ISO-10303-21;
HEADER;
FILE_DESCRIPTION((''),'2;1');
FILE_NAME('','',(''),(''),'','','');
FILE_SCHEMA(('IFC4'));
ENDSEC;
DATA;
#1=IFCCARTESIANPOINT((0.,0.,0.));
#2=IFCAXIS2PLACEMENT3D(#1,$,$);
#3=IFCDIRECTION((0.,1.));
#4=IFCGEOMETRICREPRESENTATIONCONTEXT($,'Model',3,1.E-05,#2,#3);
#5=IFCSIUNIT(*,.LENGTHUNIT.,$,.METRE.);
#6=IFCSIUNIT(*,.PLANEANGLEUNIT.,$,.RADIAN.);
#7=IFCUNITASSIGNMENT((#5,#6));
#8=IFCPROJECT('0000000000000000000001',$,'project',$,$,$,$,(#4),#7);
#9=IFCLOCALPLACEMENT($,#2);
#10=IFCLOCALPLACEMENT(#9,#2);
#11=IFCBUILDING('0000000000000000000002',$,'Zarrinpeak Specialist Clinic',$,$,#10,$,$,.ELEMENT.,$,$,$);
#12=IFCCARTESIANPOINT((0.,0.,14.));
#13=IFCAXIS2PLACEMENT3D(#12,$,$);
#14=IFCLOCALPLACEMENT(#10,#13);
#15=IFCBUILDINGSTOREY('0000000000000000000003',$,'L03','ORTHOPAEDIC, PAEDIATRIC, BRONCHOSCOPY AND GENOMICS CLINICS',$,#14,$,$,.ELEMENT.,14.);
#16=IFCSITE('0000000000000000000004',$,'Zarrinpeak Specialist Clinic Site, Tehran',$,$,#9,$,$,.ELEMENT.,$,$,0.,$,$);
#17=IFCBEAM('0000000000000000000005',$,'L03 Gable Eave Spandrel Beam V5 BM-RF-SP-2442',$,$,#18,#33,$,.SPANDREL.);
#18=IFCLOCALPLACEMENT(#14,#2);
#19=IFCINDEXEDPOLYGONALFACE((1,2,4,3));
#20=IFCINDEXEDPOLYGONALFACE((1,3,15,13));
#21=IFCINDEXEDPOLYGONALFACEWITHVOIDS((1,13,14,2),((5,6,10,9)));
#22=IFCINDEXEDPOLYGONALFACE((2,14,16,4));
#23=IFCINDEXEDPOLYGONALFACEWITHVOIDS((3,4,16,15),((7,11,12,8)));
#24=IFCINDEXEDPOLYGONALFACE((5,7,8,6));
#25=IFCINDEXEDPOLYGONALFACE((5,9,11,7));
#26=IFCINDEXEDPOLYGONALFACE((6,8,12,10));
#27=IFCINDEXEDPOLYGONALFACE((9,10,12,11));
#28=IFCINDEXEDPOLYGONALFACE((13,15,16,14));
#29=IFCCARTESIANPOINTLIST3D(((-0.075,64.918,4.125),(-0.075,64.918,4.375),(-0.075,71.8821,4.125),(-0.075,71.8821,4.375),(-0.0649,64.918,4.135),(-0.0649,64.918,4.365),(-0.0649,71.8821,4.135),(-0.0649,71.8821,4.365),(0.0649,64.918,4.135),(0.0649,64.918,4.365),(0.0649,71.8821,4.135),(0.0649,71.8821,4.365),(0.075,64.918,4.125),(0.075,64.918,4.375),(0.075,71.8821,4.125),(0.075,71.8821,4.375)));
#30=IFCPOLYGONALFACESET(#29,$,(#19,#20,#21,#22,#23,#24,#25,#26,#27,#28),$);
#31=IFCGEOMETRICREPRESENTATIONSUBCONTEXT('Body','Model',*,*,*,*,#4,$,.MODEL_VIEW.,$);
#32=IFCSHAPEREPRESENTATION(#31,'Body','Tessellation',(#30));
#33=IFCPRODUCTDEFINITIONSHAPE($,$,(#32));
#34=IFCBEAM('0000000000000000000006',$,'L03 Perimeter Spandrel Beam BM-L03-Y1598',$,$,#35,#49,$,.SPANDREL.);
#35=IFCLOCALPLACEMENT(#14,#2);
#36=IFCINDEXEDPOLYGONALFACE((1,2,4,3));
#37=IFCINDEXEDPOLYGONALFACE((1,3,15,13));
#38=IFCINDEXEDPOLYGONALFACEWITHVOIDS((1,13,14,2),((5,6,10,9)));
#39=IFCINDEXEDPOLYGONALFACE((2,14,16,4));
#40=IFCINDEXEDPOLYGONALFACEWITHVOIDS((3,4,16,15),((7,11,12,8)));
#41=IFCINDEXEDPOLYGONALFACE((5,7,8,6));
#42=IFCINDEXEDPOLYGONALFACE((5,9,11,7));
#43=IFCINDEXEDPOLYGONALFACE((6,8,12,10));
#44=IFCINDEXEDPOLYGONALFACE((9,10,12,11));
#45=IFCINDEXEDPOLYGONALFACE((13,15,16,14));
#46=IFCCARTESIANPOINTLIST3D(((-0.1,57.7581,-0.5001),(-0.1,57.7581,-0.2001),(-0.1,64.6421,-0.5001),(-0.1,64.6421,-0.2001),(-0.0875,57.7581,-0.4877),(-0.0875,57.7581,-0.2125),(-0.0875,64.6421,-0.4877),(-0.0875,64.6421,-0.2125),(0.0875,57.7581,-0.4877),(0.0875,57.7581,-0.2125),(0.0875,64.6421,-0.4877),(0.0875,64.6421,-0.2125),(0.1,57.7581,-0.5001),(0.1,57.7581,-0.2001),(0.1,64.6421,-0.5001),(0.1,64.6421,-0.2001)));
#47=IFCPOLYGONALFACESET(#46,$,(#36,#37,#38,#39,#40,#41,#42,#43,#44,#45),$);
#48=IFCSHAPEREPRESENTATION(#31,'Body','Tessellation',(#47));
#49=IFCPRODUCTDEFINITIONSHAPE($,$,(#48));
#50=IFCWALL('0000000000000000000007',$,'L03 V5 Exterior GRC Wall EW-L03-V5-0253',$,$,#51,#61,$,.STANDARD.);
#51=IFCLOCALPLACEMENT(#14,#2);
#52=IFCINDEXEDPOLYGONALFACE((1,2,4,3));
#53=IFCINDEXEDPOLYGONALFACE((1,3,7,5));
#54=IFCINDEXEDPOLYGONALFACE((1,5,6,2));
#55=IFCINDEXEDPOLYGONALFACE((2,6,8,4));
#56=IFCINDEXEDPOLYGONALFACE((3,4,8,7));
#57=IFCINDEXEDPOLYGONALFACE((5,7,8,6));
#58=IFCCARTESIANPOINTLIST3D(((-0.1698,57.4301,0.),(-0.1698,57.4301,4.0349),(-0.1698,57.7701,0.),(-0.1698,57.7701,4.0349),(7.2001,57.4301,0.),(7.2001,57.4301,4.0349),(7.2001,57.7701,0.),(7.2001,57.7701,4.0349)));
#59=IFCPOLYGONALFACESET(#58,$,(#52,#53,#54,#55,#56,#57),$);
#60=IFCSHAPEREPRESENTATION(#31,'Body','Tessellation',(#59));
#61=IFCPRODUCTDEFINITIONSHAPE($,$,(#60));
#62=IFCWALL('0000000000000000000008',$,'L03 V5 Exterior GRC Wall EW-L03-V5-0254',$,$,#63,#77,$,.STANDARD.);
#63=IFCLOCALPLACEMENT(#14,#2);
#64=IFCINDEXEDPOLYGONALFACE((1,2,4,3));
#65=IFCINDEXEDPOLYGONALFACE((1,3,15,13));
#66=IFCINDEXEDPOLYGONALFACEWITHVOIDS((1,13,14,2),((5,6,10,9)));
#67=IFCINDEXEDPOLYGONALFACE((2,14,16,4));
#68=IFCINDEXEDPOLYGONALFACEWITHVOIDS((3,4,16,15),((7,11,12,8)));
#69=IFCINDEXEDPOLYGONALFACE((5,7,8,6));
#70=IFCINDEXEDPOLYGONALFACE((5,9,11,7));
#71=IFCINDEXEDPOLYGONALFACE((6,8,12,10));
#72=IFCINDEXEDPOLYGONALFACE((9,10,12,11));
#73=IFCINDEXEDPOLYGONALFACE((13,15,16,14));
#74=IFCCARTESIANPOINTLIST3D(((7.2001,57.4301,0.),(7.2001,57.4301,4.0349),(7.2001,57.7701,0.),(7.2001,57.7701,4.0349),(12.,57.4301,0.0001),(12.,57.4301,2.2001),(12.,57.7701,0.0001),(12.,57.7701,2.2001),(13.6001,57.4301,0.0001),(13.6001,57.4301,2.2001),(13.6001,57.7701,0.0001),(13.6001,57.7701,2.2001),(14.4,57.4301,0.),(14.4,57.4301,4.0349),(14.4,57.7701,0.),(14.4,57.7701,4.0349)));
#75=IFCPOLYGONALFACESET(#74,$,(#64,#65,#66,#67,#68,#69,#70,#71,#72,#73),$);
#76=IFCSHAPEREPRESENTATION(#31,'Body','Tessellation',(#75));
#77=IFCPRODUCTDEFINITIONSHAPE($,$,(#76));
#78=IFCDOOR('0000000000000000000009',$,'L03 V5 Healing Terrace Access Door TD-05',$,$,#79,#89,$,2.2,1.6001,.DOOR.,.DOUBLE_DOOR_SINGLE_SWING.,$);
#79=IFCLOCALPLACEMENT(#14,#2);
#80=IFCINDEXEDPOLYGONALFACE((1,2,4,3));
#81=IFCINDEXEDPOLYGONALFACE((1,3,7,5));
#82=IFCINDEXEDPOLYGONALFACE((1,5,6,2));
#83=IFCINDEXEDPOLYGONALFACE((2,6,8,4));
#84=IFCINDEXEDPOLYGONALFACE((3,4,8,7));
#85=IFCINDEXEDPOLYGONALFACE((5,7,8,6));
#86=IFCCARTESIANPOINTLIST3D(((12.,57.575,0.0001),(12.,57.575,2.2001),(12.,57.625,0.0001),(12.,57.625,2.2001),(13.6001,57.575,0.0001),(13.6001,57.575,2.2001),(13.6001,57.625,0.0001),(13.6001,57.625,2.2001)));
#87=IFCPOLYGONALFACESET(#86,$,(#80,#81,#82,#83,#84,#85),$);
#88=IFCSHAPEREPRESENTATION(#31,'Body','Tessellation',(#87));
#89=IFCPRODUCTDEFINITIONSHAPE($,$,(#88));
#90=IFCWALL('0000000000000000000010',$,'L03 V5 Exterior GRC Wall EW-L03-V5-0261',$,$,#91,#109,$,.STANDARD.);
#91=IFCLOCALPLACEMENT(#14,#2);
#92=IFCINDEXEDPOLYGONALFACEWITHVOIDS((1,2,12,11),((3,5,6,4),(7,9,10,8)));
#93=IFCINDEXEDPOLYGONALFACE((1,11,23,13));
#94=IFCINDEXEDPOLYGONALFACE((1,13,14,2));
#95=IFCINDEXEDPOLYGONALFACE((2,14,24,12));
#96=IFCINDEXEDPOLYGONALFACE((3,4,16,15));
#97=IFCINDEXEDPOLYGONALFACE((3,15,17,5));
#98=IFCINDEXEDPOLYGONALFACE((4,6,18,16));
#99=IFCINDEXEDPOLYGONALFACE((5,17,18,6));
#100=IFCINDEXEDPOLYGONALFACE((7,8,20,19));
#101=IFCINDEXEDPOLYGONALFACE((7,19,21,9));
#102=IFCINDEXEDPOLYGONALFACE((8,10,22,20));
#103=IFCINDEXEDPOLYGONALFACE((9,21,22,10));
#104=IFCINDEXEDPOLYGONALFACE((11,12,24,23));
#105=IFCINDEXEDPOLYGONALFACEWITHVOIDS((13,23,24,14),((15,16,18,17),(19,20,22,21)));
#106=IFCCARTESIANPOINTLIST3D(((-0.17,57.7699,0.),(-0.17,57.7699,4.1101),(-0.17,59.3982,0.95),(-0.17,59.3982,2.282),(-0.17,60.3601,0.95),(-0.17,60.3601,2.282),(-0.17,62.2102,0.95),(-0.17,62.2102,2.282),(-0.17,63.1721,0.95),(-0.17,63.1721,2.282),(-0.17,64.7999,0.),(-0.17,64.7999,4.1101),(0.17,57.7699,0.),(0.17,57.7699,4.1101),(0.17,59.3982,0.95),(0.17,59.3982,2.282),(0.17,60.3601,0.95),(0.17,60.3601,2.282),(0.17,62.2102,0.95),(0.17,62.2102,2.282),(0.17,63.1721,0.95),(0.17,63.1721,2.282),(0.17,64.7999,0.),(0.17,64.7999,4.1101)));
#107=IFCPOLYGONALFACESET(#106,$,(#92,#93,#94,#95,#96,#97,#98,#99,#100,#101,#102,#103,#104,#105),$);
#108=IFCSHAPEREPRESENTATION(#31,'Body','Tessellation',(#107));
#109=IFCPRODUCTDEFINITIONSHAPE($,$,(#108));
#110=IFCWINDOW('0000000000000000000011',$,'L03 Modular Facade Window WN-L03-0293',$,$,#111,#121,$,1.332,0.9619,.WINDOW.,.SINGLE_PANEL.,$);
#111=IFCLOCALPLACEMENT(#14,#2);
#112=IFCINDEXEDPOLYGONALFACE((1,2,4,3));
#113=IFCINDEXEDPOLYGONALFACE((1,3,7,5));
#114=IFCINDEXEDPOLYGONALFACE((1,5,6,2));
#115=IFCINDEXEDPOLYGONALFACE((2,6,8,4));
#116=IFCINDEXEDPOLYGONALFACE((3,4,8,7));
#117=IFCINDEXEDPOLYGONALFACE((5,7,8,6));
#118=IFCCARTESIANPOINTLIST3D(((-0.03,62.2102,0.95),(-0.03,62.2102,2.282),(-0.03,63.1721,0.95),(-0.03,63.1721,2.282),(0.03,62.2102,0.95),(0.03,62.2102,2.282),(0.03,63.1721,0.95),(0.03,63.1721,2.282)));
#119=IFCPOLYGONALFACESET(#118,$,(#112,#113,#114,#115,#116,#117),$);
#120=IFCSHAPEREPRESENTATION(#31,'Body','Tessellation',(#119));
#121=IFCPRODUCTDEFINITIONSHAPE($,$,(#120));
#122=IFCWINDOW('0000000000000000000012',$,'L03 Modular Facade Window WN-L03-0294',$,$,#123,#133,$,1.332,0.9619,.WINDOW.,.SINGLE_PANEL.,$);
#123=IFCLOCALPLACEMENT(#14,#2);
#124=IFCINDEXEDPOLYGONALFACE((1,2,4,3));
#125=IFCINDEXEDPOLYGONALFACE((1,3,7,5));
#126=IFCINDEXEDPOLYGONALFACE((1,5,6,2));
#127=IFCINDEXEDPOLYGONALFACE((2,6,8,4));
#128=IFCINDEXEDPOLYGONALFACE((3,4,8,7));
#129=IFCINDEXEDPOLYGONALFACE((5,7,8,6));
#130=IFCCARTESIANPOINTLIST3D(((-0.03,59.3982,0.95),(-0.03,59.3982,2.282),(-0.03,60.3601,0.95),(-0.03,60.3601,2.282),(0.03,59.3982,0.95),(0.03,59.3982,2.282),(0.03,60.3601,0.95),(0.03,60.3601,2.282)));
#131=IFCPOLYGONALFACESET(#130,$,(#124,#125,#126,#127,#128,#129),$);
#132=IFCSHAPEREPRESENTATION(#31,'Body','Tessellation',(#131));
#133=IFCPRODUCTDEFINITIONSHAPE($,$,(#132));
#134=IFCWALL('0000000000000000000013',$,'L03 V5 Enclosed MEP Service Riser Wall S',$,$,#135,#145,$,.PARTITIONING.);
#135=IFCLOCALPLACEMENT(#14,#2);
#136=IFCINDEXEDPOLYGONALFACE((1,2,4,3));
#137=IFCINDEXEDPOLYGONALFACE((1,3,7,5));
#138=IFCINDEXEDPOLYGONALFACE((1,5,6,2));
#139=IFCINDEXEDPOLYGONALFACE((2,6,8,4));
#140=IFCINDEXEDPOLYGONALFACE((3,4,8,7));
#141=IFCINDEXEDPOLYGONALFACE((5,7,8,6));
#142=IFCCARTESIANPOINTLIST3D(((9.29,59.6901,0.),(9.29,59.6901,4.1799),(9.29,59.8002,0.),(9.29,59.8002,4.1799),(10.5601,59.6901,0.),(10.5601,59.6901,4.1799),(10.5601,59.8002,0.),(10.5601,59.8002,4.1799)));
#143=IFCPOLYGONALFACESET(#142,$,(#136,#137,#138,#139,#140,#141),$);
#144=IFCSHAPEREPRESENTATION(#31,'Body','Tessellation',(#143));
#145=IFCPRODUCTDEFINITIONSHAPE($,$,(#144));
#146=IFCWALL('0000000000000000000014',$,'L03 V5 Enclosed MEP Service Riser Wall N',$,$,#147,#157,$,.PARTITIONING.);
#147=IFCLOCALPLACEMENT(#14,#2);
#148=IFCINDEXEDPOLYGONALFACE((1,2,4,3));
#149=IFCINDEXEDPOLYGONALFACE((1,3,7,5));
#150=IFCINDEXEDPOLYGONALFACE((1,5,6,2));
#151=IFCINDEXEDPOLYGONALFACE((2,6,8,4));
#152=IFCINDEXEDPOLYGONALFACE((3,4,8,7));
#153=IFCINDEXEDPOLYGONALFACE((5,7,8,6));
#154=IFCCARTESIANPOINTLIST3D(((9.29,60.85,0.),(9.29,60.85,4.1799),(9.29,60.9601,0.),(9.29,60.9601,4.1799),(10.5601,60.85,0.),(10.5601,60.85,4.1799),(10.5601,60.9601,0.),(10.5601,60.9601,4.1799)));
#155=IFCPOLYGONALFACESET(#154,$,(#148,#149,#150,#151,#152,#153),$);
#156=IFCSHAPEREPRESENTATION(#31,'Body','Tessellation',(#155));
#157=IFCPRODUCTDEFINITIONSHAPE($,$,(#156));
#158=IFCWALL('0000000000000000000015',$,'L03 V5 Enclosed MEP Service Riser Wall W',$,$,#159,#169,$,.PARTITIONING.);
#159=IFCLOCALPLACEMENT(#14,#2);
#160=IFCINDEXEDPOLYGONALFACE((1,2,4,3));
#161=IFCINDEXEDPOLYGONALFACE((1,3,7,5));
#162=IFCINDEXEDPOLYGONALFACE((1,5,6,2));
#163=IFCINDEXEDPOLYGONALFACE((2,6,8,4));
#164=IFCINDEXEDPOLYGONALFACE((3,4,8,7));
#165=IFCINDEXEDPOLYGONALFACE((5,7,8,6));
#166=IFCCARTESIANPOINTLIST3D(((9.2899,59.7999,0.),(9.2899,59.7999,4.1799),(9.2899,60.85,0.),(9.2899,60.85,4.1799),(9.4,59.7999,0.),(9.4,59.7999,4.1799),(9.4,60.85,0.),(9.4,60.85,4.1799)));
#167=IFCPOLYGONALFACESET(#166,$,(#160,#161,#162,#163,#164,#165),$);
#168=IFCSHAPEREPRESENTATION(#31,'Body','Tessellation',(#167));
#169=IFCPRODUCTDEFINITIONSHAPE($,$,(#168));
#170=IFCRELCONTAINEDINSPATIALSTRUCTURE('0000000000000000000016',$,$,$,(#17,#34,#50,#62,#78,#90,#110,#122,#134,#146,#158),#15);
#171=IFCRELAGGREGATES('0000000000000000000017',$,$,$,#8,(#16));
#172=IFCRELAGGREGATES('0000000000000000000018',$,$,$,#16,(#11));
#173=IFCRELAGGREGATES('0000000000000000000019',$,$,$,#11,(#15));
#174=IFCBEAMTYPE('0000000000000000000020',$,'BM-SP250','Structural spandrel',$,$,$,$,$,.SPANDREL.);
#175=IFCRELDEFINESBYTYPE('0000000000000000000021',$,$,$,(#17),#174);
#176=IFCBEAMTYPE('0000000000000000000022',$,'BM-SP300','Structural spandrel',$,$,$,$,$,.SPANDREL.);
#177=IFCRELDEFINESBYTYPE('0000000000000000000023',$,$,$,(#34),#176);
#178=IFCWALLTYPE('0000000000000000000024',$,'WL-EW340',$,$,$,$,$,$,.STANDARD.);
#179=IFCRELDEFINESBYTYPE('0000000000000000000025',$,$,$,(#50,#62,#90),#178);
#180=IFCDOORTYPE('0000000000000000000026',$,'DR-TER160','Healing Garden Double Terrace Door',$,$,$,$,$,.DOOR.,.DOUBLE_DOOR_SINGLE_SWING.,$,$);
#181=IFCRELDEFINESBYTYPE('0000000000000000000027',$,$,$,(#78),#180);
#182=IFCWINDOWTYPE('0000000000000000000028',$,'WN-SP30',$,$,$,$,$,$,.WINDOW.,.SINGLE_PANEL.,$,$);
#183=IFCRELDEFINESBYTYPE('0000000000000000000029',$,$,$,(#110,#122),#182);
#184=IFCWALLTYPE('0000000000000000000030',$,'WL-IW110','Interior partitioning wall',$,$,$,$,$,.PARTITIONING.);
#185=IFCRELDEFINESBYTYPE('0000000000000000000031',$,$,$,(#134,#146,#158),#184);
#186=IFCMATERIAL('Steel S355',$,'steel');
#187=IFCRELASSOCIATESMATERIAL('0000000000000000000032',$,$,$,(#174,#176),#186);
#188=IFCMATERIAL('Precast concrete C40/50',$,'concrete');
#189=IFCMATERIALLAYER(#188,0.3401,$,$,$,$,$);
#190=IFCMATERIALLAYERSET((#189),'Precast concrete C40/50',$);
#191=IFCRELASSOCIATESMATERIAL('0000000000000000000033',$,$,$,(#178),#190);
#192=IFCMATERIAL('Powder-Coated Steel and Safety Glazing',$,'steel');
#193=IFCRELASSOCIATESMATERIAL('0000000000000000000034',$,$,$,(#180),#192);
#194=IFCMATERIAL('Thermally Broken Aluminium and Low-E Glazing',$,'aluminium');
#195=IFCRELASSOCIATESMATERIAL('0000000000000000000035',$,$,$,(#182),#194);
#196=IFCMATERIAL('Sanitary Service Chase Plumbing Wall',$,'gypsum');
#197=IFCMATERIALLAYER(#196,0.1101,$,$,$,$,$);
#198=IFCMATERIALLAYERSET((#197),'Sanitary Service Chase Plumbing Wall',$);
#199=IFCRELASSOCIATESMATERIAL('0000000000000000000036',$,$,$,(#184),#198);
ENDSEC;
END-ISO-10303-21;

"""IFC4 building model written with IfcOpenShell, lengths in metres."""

from ifc_helpers import new_model, si_unit, direction, frame, frame_2d, origin, origin_2d, place, context, subcontext, project, spatial, rectangle, hollow_rectangle, extrude, material, layer, layer_set, material_profile, profile_set, type_object, element, fill, save


model = new_model("IFC4")

# Units and contexts
model_context = context("Model", 3, precision=1e-05, world=origin(), true_north=direction((0.0, 1.0)))
body_context = subcontext(model_context, "Body", "Model", "MODEL_VIEW")
ifc_project = project(units=[si_unit("LENGTHUNIT", "METRE"), si_unit("PLANEANGLEUNIT", "RADIAN")], contexts=[model_context])

# Site, building, storey
site_placement = place(None, origin())
site = spatial("IfcSite", under=ifc_project, at=site_placement, Name="Zarrinpeak Specialist Clinic Site, Tehran", CompositionType="ELEMENT", RefElevation=0.0)
building_placement = place(site_placement, origin())
building = spatial("IfcBuilding", under=site, at=building_placement, Name="Zarrinpeak Specialist Clinic", CompositionType="ELEMENT")
storey_placement = place(building_placement, frame((0.0, 0.0, 14.0)))
storey = spatial("IfcBuildingStorey", under=building, at=storey_placement, Name="L03", Description="ORTHOPAEDIC, PAEDIATRIC, BRONCHOSCOPY AND GENOMICS CLINICS", CompositionType="ELEMENT", Elevation=14.0)

# Shared definitions
ifc_material_1 = material(Name="Steel S355", Category="steel")

# Beams
ifc_material_profile_1 = material_profile(ifc_material_1, hollow_rectangle(XDim=0.1499, YDim=0.25, WallThickness=0.01, at=origin_2d()), Name="RHS 250x150x10.0")
ifc_profile_set_1 = profile_set([ifc_material_profile_1], Name="Steel S355")
beam_type_1 = type_object("IfcBeamType", Name="BM-SP250", Description="Structural spandrel", PredefinedType="SPANDREL", material=ifc_profile_set_1)
beam_1_placement = place(storey_placement, frame((0.0, 64.918, 4.25), z_axis=(0.0, 1.0, 0.0), x_axis=(-1.0, 0.0, 0.0)))
element("IfcBeam", 1, at=beam_1_placement, inside=storey, type_object=beam_type_1, Name="L03 Gable Eave Spandrel Beam V5 BM-RF-SP-2442", PredefinedType="SPANDREL", context=body_context, shape_type="SweptSolid", body=[
    extrude(hollow_rectangle(XDim=0.1499, YDim=0.25, WallThickness=0.01, at=origin_2d()), origin(), (0.0, 0.0, 1.0), 6.9641),
])
ifc_material_profile_2 = material_profile(ifc_material_1, hollow_rectangle(XDim=0.2, YDim=0.3, WallThickness=0.0125, at=origin_2d()), Name="RHS 300x200x12.5")
ifc_profile_set_2 = profile_set([ifc_material_profile_2], Name="Steel S355")
beam_type_2 = type_object("IfcBeamType", Name="BM-SP300", Description="Structural spandrel", PredefinedType="SPANDREL", material=ifc_profile_set_2)
beam_2_placement = place(storey_placement, frame((0.0, 57.7581, -0.3501), z_axis=(0.0, 1.0, 0.0), x_axis=(-1.0, 0.0, 0.0)))
element("IfcBeam", 2, at=beam_2_placement, inside=storey, type_object=beam_type_2, Name="L03 Perimeter Spandrel Beam BM-L03-Y1598", PredefinedType="SPANDREL", context=body_context, shape_type="SweptSolid", body=[
    extrude(hollow_rectangle(XDim=0.2, YDim=0.3, WallThickness=0.0125, at=origin_2d()), origin(), (0.0, 0.0, 1.0), 6.884),
])

# Wall
ifc_material_2 = material(Name="Precast concrete C40/50", Category="concrete")
ifc_layer_1 = layer(ifc_material_2, 0.3401)
ifc_layer_set_1 = layer_set([ifc_layer_1], Name="Precast concrete C40/50")
wall_type_1 = type_object("IfcWallType", Name="WL-EW340", PredefinedType="STANDARD", material=ifc_layer_set_1)
wall_1_placement = place(storey_placement, frame((-0.1699, 57.6001, 0.0), z_axis=(0.0, 0.0, 1.0), x_axis=(1.0, 0.0, 0.0)))
element("IfcWall", 3, at=wall_1_placement, inside=storey, type_object=wall_type_1, Name="L03 V5 Exterior GRC Wall EW-L03-V5-0253", PredefinedType="STANDARD", context=body_context, shape_type="SweptSolid", body=[
    extrude(rectangle(XDim=7.3699, YDim=0.3401, at=frame_2d((3.6851, 0.0))), origin(), (0.0, 0.0, 1.0), 4.0349),
])

# Wall, opening, door
wall_2_placement = place(storey_placement, frame((7.2, 57.6001, 0.0), z_axis=(0.0, 0.0, 1.0), x_axis=(1.0, 0.0, 0.0)))
wall_2 = element("IfcWall", 4, at=wall_2_placement, inside=storey, type_object=wall_type_1, Name="L03 V5 Exterior GRC Wall EW-L03-V5-0254", PredefinedType="STANDARD", context=body_context, shape_type="SweptSolid", body=[
    extrude(rectangle(XDim=7.2, YDim=0.3401, at=frame_2d((3.6001, 0.0))), origin(), (0.0, 0.0, 1.0), 4.0349),
])
opening_1_placement = place(wall_2_placement, frame((4.8, 0.0, 0.0)))
opening_1 = element("IfcOpeningElement", 5, at=opening_1_placement, cuts=wall_2, PredefinedType="OPENING", context=body_context, shape_type="SweptSolid", body=[
    extrude(rectangle(XDim=1.6001, YDim=2.2, at=frame_2d((0.8, 1.1001))), frame((0.0, 0.1802, 0.0), z_axis=(0.0, -1.0, 0.0), x_axis=(1.0, 0.0, 0.0)), (0.0, 0.0, 1.0), 0.3601),
])
ifc_material_3 = material(Name="Powder-Coated Steel and Safety Glazing", Category="steel")
door_type = type_object("IfcDoorType", Name="DR-TER160", Description="Healing Garden Double Terrace Door", OperationType="DOUBLE_DOOR_SINGLE_SWING", PredefinedType="DOOR", material=ifc_material_3)
door_placement = place(opening_1_placement, origin())
door = element("IfcDoor", 6, at=door_placement, inside=storey, type_object=door_type, Name="L03 V5 Healing Terrace Access Door TD-05", OperationType="DOUBLE_DOOR_SINGLE_SWING", OverallHeight=2.2, OverallWidth=1.6001, PredefinedType="DOOR", context=body_context, shape_type="SweptSolid", body=[
    extrude(rectangle(XDim=1.6001, YDim=2.2, at=frame_2d((0.8, 1.1001))), frame((0.0, 0.0249, 0.0), z_axis=(0.0, -1.0, 0.0), x_axis=(1.0, 0.0, 0.0)), (0.0, 0.0, 1.0), 0.05),
])
fill(opening_1, door)

# Wall, openings, windows
wall_3_placement = place(storey_placement, frame((0.0, 64.8, 0.0), z_axis=(0.0, 0.0, 1.0), x_axis=(0.0, -1.0, 0.0)))
wall_3 = element("IfcWall", 7, at=wall_3_placement, inside=storey, type_object=wall_type_1, Name="L03 V5 Exterior GRC Wall EW-L03-V5-0261", PredefinedType="STANDARD", context=body_context, shape_type="SweptSolid", body=[
    extrude(rectangle(XDim=7.03, YDim=0.3401, at=frame_2d((3.5151, 0.0))), origin(), (0.0, 0.0, 1.0), 4.1101),
])
opening_2_placement = place(wall_3_placement, frame((1.6279, 0.0, 0.95)))
opening_2 = element("IfcOpeningElement", 8, at=opening_2_placement, cuts=wall_3, PredefinedType="OPENING", context=body_context, shape_type="SweptSolid", body=[
    extrude(rectangle(XDim=0.9619, YDim=1.332, at=frame_2d((0.481, 0.666))), frame((0.0, 0.1802, 0.0), z_axis=(0.0, -1.0, 0.0), x_axis=(1.0, 0.0, 0.0)), (0.0, 0.0, 1.0), 0.3601),
])
opening_3_placement = place(wall_3_placement, frame((4.4399, 0.0, 0.95)))
opening_3 = element("IfcOpeningElement", 9, at=opening_3_placement, cuts=wall_3, PredefinedType="OPENING", context=body_context, shape_type="SweptSolid", body=[
    extrude(rectangle(XDim=0.9619, YDim=1.332, at=frame_2d((0.481, 0.666))), frame((0.0, 0.1802, 0.0), z_axis=(0.0, -1.0, 0.0), x_axis=(1.0, 0.0, 0.0)), (0.0, 0.0, 1.0), 0.3601),
])
ifc_material_4 = material(Name="Thermally Broken Aluminium and Low-E Glazing", Category="aluminium")
window_type = type_object("IfcWindowType", Name="WN-SP30", PartitioningType="SINGLE_PANEL", PredefinedType="WINDOW", material=ifc_material_4)
window_1_placement = place(opening_2_placement, origin())
window_1 = element("IfcWindow", 10, at=window_1_placement, inside=storey, type_object=window_type, Name="L03 Modular Facade Window WN-L03-0293", OverallHeight=1.332, OverallWidth=0.9619, PartitioningType="SINGLE_PANEL", PredefinedType="WINDOW", context=body_context, shape_type="SweptSolid", body=[
    extrude(rectangle(XDim=0.9619, YDim=1.332, at=frame_2d((0.481, 0.666))), frame((0.0, 0.03, 0.0), z_axis=(0.0, -1.0, 0.0), x_axis=(1.0, 0.0, 0.0)), (0.0, 0.0, 1.0), 0.0601),
])
fill(opening_2, window_1)
window_2_placement = place(opening_3_placement, origin())
window_2 = element("IfcWindow", 11, at=window_2_placement, inside=storey, type_object=window_type, Name="L03 Modular Facade Window WN-L03-0294", OverallHeight=1.332, OverallWidth=0.9619, PartitioningType="SINGLE_PANEL", PredefinedType="WINDOW", context=body_context, shape_type="SweptSolid", body=[
    extrude(rectangle(XDim=0.9619, YDim=1.332, at=frame_2d((0.481, 0.666))), frame((0.0, 0.03, 0.0), z_axis=(0.0, -1.0, 0.0), x_axis=(1.0, 0.0, 0.0)), (0.0, 0.0, 1.0), 0.0601),
])
fill(opening_3, window_2)

# Walls
ifc_material_5 = material(Name="Sanitary Service Chase Plumbing Wall", Category="gypsum")
ifc_layer_2 = layer(ifc_material_5, 0.1101)
ifc_layer_set_2 = layer_set([ifc_layer_2], Name="Sanitary Service Chase Plumbing Wall")
wall_type_2 = type_object("IfcWallType", Name="WL-IW110", Description="Interior partitioning wall", PredefinedType="PARTITIONING", material=ifc_layer_set_2)
for number, where, z_axis, x_axis, name in (
    (12, (9.29, 59.7451, 0.0), (0.0, 0.0, 1.0), (1.0, 0.0, 0.0), "L03 V5 Enclosed MEP Service Riser Wall S"),
    (13, (9.29, 60.905, 0.0), (0.0, 0.0, 1.0), (1.0, 0.0, 0.0), "L03 V5 Enclosed MEP Service Riser Wall N"),
):
    element("IfcWall", number, at=place(storey_placement, frame(where, z_axis=z_axis, x_axis=x_axis)), inside=storey, type_object=wall_type_2, Name=name, PredefinedType="PARTITIONING", context=body_context, shape_type="SweptSolid", body=[
        extrude(rectangle(XDim=1.27, YDim=0.1101, at=frame_2d((0.635, 0.0))), origin(), (0.0, 0.0, 1.0), 4.1799),
    ])
wall_4_placement = place(storey_placement, frame((9.345, 59.8, 0.0), z_axis=(0.0, 0.0, 1.0), x_axis=(0.0, 1.0, 0.0)))
element("IfcWall", 14, at=wall_4_placement, inside=storey, type_object=wall_type_2, Name="L03 V5 Enclosed MEP Service Riser Wall W", PredefinedType="PARTITIONING", context=body_context, shape_type="SweptSolid", body=[
    extrude(rectangle(XDim=1.05, YDim=0.1101, at=frame_2d((0.5249, 0.0))), origin(), (0.0, 0.0, 1.0), 4.1799),
])

save(model, "model.ifc")
